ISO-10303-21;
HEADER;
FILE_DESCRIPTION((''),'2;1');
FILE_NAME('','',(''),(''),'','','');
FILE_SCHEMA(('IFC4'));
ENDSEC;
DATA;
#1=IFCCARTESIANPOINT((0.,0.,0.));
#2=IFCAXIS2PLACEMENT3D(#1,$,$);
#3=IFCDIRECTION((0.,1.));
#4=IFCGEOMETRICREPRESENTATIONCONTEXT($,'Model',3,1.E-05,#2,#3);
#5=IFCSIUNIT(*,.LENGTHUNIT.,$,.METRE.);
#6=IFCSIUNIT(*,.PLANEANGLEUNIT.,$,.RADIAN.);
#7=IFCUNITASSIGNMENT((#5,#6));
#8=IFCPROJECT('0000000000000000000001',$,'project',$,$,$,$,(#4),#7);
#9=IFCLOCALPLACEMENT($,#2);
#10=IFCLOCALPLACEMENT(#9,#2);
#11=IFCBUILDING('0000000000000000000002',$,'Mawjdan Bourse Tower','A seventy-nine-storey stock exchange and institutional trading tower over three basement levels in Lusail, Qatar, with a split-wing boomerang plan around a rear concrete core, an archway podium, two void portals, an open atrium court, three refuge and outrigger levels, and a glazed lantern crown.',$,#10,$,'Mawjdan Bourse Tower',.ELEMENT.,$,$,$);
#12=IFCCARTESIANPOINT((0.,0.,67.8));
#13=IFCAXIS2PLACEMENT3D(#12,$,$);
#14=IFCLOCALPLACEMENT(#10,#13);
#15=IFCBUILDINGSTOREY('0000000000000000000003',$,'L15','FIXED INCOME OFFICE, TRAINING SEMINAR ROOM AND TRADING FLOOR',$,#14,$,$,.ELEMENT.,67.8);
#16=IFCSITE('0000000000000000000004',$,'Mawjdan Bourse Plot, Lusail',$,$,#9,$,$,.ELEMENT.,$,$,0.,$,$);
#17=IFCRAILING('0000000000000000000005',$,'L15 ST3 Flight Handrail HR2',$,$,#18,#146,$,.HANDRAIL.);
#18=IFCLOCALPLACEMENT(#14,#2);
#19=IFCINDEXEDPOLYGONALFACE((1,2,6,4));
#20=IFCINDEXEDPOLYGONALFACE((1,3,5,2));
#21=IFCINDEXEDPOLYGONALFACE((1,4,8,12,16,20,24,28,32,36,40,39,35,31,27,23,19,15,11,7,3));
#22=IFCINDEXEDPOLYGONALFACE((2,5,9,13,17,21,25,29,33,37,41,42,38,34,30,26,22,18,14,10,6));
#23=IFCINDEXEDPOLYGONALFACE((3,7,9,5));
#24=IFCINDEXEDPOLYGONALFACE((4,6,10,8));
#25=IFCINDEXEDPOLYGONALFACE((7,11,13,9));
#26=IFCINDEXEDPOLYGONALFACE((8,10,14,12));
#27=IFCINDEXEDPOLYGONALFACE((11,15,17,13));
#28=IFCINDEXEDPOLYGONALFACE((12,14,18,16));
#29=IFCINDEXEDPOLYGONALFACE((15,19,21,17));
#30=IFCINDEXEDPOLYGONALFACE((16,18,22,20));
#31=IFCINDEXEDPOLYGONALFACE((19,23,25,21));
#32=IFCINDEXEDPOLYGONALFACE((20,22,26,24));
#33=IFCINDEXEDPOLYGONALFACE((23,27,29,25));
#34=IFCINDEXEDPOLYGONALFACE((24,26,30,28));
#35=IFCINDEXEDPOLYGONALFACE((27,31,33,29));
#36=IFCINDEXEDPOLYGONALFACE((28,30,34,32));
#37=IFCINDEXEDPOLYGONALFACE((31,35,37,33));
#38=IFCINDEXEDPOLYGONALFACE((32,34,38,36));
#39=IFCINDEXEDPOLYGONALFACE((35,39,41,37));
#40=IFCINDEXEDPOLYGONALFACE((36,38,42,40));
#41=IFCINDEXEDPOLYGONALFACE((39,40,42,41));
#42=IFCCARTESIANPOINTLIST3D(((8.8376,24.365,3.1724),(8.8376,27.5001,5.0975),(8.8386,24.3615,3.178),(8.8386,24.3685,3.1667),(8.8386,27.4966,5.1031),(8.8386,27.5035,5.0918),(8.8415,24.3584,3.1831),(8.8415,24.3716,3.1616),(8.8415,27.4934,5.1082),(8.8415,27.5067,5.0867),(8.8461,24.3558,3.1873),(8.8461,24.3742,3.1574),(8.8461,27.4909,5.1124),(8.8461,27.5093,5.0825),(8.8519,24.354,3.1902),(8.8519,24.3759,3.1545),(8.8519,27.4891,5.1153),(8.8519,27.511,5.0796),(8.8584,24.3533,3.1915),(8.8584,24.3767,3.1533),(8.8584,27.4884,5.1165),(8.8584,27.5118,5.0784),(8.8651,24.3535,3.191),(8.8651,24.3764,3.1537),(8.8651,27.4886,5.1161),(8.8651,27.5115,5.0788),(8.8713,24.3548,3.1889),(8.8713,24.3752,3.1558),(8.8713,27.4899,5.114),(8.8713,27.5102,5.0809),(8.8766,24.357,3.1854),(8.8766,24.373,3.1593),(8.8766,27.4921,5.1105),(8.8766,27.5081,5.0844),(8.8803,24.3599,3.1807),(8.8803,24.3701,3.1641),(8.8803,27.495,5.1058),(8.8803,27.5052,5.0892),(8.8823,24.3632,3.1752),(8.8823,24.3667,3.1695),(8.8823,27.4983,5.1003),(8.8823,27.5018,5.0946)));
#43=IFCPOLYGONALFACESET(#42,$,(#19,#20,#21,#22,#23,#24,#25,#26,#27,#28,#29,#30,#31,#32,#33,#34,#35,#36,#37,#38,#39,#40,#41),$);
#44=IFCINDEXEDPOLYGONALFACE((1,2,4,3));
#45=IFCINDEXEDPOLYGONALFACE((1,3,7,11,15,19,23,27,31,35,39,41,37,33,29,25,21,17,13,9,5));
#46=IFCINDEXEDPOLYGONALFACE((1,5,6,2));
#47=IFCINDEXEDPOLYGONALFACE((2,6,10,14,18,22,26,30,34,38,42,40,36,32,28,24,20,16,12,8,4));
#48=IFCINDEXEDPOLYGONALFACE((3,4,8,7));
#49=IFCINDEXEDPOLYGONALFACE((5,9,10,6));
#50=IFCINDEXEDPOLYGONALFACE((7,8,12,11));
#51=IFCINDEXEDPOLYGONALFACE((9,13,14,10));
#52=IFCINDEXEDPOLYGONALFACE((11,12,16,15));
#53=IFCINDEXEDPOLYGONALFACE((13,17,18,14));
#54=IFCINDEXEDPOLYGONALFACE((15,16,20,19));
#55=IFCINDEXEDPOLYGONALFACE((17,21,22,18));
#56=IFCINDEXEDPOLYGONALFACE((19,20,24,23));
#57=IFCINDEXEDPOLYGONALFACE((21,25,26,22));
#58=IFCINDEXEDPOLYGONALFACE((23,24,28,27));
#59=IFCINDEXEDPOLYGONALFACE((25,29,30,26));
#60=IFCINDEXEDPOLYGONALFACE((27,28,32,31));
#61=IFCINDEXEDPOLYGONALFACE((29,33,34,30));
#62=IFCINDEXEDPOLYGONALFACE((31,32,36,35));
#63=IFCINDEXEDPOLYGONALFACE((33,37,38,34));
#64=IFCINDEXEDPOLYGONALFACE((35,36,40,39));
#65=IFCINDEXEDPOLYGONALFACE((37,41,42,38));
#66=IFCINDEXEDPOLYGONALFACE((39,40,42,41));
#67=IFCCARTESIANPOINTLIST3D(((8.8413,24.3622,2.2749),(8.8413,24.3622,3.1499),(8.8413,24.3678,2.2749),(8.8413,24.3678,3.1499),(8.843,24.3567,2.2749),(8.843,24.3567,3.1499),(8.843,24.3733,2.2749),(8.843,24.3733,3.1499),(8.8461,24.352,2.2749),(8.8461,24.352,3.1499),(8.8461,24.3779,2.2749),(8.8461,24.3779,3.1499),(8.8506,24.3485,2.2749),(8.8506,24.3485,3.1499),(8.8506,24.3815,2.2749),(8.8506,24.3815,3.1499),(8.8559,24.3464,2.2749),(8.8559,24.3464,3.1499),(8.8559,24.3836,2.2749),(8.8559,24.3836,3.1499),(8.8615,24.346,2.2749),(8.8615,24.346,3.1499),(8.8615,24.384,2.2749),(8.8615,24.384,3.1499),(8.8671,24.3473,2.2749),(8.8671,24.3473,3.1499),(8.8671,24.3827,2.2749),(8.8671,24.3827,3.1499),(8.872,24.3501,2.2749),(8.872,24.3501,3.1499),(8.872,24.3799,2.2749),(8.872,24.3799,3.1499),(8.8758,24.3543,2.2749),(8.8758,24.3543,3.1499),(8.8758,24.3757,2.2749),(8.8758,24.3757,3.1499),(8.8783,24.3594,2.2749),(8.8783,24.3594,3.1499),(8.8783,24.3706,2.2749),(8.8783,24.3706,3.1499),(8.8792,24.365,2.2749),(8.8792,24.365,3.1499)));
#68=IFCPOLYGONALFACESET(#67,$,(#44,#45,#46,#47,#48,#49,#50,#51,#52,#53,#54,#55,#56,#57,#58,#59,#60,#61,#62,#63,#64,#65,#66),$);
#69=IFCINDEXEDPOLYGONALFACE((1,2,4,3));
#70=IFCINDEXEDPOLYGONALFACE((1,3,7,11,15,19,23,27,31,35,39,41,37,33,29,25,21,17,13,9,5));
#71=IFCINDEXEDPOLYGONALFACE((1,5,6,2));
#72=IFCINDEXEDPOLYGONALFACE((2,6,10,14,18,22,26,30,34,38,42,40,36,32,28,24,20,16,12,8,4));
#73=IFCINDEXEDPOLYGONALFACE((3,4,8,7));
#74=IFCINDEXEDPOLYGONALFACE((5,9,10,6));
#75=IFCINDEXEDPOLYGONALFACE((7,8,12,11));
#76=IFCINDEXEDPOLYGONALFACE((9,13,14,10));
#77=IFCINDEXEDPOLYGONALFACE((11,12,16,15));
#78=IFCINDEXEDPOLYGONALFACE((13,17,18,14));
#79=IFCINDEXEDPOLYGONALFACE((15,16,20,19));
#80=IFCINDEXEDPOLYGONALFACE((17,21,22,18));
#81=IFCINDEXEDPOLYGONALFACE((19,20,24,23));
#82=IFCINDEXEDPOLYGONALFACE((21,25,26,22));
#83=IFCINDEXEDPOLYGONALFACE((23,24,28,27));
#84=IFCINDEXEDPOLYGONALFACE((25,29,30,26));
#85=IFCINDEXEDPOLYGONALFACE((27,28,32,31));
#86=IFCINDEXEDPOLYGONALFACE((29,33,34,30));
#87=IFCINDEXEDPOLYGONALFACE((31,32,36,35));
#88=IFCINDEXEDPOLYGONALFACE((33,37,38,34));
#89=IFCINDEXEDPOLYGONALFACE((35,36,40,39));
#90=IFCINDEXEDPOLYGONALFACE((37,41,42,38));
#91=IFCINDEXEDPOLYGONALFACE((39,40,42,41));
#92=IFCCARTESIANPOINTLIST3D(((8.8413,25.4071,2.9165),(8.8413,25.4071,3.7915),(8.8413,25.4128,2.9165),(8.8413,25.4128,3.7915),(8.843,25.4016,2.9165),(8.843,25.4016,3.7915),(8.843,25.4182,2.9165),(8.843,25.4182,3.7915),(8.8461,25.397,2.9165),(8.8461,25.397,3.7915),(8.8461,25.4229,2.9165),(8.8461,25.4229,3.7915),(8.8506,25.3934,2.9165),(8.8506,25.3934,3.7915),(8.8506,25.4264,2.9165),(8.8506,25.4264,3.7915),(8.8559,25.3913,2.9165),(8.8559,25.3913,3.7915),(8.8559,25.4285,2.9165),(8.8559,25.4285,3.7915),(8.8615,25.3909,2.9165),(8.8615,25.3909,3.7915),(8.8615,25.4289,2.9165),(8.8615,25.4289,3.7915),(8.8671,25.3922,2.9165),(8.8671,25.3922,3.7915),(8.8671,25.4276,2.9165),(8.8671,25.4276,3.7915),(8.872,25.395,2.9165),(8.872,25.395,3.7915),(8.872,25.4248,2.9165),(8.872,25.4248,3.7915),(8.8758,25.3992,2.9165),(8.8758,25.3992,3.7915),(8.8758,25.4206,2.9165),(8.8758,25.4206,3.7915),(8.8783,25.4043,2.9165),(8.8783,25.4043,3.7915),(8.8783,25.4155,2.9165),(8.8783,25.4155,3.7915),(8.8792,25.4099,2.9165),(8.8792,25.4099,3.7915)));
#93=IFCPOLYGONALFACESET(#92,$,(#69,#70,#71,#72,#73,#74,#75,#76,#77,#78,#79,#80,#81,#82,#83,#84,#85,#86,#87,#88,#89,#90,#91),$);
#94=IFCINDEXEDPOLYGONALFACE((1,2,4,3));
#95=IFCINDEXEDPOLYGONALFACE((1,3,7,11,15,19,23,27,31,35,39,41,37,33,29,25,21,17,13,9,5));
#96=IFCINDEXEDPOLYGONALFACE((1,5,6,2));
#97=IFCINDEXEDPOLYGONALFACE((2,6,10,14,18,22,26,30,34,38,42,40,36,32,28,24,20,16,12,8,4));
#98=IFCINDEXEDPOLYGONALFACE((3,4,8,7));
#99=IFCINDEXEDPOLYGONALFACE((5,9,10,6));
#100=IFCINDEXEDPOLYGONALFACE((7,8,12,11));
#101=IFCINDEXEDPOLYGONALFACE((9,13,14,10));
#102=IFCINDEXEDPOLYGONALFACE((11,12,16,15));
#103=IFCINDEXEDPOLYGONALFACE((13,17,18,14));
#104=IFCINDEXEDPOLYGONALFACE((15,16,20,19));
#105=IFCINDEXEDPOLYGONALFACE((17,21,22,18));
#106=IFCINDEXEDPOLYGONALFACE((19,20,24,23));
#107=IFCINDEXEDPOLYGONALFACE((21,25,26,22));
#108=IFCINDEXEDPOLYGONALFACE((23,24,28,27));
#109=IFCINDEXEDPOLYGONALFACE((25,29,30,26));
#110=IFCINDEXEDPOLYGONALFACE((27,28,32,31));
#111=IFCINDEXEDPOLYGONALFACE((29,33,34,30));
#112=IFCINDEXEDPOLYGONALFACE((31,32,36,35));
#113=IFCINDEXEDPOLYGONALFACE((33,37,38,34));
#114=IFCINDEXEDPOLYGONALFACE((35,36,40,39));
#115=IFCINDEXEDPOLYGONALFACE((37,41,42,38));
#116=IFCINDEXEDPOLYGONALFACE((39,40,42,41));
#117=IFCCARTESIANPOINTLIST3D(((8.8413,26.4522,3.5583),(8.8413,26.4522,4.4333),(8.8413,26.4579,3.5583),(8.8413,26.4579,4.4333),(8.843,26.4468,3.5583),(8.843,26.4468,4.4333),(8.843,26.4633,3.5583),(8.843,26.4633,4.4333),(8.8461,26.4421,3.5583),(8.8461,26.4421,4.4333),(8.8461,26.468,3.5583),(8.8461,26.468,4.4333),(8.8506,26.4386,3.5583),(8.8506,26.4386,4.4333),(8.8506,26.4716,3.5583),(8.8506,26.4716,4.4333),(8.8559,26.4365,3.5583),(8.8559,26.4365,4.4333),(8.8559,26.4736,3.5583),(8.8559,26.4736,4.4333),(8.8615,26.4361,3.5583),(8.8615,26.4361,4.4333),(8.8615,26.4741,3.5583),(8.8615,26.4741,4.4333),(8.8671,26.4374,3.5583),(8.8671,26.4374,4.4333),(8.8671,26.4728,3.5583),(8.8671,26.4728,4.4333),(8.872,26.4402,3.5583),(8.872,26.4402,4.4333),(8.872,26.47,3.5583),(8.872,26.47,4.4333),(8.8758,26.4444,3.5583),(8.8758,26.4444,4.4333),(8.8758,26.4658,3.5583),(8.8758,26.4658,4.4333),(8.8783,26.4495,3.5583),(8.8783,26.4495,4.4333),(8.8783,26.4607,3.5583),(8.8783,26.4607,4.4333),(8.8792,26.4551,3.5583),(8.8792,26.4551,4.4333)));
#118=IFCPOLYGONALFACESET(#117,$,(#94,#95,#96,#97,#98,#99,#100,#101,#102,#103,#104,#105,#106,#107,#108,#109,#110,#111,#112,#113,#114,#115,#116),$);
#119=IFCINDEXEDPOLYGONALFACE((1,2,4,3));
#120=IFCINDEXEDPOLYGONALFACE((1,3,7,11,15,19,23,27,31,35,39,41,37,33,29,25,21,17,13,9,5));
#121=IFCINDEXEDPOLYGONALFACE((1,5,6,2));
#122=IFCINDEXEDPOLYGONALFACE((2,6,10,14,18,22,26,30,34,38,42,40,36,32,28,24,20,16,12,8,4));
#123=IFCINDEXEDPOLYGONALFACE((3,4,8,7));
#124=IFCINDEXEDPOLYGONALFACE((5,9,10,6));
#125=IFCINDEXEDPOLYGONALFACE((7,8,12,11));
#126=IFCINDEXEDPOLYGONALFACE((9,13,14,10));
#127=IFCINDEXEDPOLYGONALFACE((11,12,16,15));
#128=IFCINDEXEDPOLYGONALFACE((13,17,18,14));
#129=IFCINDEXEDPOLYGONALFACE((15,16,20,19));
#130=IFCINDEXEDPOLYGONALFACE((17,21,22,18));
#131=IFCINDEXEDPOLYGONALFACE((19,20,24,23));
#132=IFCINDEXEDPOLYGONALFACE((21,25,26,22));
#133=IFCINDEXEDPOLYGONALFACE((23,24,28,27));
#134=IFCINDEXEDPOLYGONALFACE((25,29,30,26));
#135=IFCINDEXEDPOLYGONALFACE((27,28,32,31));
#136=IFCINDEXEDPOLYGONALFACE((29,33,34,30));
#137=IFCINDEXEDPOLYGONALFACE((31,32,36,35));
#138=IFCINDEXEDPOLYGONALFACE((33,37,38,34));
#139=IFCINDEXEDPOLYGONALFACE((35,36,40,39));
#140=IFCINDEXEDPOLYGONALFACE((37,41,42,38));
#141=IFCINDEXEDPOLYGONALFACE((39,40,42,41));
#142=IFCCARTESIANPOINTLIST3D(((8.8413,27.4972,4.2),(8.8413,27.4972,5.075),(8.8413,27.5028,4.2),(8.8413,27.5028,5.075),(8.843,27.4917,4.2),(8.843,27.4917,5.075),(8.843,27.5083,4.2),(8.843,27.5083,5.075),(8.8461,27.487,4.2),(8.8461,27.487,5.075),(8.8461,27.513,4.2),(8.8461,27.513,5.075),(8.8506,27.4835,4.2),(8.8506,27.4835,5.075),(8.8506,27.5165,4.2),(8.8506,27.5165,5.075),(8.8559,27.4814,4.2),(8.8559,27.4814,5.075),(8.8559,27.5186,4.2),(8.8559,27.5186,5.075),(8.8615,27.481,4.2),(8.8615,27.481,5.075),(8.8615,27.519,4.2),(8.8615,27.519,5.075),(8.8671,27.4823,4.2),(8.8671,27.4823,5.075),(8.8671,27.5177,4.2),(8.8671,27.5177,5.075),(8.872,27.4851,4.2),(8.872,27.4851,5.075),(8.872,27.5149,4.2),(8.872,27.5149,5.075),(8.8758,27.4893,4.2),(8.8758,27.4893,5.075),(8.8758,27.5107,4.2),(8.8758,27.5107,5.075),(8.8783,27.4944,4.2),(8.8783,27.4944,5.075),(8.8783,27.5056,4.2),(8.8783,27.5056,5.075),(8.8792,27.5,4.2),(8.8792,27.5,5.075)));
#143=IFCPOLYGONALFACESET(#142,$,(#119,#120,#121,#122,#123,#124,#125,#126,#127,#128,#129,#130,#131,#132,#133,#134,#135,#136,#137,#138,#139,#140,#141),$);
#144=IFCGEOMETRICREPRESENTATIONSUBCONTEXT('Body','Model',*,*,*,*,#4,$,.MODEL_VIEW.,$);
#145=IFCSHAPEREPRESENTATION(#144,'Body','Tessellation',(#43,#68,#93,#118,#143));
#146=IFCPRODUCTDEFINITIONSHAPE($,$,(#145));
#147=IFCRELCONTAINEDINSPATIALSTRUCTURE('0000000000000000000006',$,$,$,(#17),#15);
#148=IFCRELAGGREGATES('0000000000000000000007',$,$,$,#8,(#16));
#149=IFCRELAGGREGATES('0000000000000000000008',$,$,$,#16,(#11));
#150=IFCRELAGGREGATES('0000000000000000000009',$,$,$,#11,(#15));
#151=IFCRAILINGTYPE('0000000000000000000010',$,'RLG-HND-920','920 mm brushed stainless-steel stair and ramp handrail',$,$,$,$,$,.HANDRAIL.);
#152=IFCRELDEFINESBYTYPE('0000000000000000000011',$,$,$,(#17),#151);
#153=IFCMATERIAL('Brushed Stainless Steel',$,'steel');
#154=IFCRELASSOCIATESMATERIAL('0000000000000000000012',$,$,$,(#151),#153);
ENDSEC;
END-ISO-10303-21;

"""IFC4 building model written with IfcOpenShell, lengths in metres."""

from ifc_helpers import new_model, si_unit, direction, frame, origin, origin_2d, place, context, subcontext, project, spatial, circle, extrude, material, type_object, element, save


model = new_model("IFC4")

# Units and contexts
model_context = context("Model", 3, precision=1e-05, world=origin(), true_north=direction((0.0, 1.0)))
body_context = subcontext(model_context, "Body", "Model", "MODEL_VIEW")
ifc_project = project(units=[si_unit("LENGTHUNIT", "METRE"), si_unit("PLANEANGLEUNIT", "RADIAN")], contexts=[model_context])

# Site, building, storey
site_placement = place(None, origin())
site = spatial("IfcSite", under=ifc_project, at=site_placement, Name="Mawjdan Bourse Plot, Lusail", CompositionType="ELEMENT", RefElevation=0.0)
building_placement = place(site_placement, origin())
building = spatial("IfcBuilding", under=site, at=building_placement, Name="Mawjdan Bourse Tower", Description="A seventy-nine-storey stock exchange and institutional trading tower over three basement levels in Lusail, Qatar, with a split-wing boomerang plan around a rear concrete core, an archway podium, two void portals, an open atrium court, three refuge and outrigger levels, and a glazed lantern crown.", LongName="Mawjdan Bourse Tower", CompositionType="ELEMENT")
storey_placement = place(building_placement, frame((0.0, 0.0, 67.8)))
storey = spatial("IfcBuildingStorey", under=building, at=storey_placement, Name="L15", Description="FIXED INCOME OFFICE, TRAINING SEMINAR ROOM AND TRADING FLOOR", CompositionType="ELEMENT", Elevation=67.8)

# Railing
ifc_material_1 = material(Name="Brushed Stainless Steel", Category="steel")
railing_type_1 = type_object("IfcRailingType", Name="RLG-HND-920", Description="920 mm brushed stainless-steel stair and ramp handrail", PredefinedType="HANDRAIL", material=ifc_material_1)
railing_1_placement = place(storey_placement, frame((8.8601, 24.365, 2.2749)))
element("IfcRailing", 1, at=railing_1_placement, inside=storey, type_object=railing_type_1, Name="L15 ST3 Flight Handrail HR2", PredefinedType="HANDRAIL", context=body_context, shape_type="SweptSolid", body=[
    extrude(circle(Radius=0.0225, at=origin_2d()), frame((0.0, 0.0, 0.8975), z_axis=(0.0, 0.852166, 0.523271), x_axis=(-1.0, 0.0, 0.0)), (0.0, 0.0, 1.0), 3.679),
    extrude(circle(Radius=0.019, at=origin_2d()), origin(), (0.0, 0.0, 1.0), 0.875),
    extrude(circle(Radius=0.019, at=origin_2d()), frame((0.0, 1.0449, 0.6416)), (0.0, 0.0, 1.0), 0.875),
    extrude(circle(Radius=0.019, at=origin_2d()), frame((0.0, 2.0901, 1.2834)), (0.0, 0.0, 1.0), 0.875),
    extrude(circle(Radius=0.019, at=origin_2d()), frame((0.0, 3.135, 1.925)), (0.0, 0.0, 1.0), 0.875),
])

save(model, "model.ifc")
